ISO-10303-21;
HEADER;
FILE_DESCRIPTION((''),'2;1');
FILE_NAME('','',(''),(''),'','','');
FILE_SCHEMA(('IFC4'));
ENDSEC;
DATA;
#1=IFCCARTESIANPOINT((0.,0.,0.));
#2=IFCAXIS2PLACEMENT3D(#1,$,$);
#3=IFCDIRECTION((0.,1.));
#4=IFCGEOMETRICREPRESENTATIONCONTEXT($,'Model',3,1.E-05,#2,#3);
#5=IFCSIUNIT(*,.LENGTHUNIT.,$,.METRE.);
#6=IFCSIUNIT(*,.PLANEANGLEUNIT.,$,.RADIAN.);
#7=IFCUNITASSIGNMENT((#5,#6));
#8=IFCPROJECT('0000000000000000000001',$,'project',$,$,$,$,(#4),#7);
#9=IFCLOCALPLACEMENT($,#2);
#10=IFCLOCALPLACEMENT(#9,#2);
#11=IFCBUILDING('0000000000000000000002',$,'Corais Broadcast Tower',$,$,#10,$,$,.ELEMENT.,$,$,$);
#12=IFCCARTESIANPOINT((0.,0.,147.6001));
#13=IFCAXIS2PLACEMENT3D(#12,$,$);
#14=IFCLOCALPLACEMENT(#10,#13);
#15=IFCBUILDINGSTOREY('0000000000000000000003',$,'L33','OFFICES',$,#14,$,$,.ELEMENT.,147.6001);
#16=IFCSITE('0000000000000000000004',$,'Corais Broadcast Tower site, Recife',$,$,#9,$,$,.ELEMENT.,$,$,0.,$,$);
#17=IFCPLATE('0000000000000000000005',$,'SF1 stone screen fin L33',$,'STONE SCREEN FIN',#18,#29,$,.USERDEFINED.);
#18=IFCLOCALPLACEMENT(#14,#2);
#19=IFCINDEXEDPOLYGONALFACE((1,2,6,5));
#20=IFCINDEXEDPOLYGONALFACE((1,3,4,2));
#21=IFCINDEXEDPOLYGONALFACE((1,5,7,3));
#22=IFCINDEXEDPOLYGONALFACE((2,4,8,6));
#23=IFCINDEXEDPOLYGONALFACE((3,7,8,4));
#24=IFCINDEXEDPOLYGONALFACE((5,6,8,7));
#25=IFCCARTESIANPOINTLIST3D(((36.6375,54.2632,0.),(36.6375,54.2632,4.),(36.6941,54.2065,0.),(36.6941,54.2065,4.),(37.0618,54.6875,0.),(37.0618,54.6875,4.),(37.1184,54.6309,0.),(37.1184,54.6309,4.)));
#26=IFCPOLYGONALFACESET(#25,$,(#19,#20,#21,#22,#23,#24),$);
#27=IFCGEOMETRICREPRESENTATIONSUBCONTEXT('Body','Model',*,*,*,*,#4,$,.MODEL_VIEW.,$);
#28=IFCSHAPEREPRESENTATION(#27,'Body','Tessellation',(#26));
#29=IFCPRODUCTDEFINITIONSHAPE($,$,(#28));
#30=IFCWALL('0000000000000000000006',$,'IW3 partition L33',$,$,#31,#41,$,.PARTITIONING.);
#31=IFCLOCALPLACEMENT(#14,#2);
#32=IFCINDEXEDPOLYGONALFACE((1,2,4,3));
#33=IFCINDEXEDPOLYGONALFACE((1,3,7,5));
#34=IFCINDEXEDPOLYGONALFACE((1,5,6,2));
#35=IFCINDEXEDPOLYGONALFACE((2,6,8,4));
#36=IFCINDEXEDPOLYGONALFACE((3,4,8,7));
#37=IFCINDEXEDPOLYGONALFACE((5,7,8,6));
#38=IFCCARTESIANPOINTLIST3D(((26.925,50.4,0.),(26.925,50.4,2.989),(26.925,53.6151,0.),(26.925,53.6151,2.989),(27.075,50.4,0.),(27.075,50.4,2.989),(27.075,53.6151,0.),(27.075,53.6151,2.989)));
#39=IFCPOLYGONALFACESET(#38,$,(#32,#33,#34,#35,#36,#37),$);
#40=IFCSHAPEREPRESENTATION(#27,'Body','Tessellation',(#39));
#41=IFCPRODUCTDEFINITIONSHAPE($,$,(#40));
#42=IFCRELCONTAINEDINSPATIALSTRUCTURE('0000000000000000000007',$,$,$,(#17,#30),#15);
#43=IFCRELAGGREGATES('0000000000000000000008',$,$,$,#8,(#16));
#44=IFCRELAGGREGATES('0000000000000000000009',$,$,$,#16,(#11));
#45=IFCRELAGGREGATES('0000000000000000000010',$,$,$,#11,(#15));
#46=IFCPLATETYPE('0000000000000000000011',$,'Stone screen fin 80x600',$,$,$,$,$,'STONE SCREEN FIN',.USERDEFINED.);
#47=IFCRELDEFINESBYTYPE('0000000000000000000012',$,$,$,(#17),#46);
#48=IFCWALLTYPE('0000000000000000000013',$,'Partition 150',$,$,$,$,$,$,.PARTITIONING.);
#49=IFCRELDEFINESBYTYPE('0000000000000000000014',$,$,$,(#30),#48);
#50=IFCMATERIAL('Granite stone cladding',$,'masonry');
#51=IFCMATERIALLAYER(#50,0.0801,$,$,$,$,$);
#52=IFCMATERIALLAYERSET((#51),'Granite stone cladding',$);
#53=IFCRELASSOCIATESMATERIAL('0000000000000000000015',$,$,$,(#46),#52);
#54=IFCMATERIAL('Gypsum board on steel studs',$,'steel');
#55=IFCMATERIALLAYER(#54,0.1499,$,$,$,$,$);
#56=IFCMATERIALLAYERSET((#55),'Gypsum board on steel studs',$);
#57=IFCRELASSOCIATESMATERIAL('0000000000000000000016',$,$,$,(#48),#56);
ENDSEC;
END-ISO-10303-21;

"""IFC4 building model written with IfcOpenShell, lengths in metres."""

from ifc_helpers import new_model, si_unit, direction, frame, frame_2d, origin, origin_2d, place, context, subcontext, project, spatial, rectangle, extrude, material, layer, layer_set, type_object, element, save


model = new_model("IFC4")

# Units and contexts
model_context = context("Model", 3, precision=1e-05, world=origin(), true_north=direction((0.0, 1.0)))
body_context = subcontext(model_context, "Body", "Model", "MODEL_VIEW")
ifc_project = project(units=[si_unit("LENGTHUNIT", "METRE"), si_unit("PLANEANGLEUNIT", "RADIAN")], contexts=[model_context])

# Site, building, storey
site_placement = place(None, origin())
site = spatial("IfcSite", under=ifc_project, at=site_placement, Name="Corais Broadcast Tower site, Recife", CompositionType="ELEMENT", RefElevation=0.0)
building_placement = place(site_placement, origin())
building = spatial("IfcBuilding", under=site, at=building_placement, Name="Corais Broadcast Tower", CompositionType="ELEMENT")
storey_placement = place(building_placement, frame((0.0, 0.0, 147.6001)))
storey = spatial("IfcBuildingStorey", under=building, at=storey_placement, Name="L33", Description="OFFICES", CompositionType="ELEMENT", Elevation=147.6001)

# Plate
ifc_material_1 = material(Name="Granite stone cladding", Category="masonry")
ifc_layer_1 = layer(ifc_material_1, 0.0801)
ifc_layer_set_1 = layer_set([ifc_layer_1], Name="Granite stone cladding")
plate_type_1 = type_object("IfcPlateType", Name="Stone screen fin 80x600", ElementType="STONE SCREEN FIN", PredefinedType="USERDEFINED", material=ifc_layer_set_1)
plate_1_placement = place(storey_placement, frame((36.8779, 54.447, 0.0), z_axis=(0.0, 0.0, 1.0), x_axis=(0.707107, -0.707107, 0.0)))
element("IfcPlate", 1, at=plate_1_placement, inside=storey, type_object=plate_type_1, Name="SF1 stone screen fin L33", ObjectType="STONE SCREEN FIN", PredefinedType="USERDEFINED", context=body_context, shape_type="SweptSolid", body=[
    extrude(rectangle(XDim=0.0801, YDim=0.6001, at=origin_2d()), origin(), (0.0, 0.0, 1.0), 4.0),
])

# Wall
ifc_material_2 = material(Name="Gypsum board on steel studs", Category="steel")
ifc_layer_2 = layer(ifc_material_2, 0.1499)
ifc_layer_set_2 = layer_set([ifc_layer_2], Name="Gypsum board on steel studs")
wall_type = type_object("IfcWallType", Name="Partition 150", PredefinedType="PARTITIONING", material=ifc_layer_set_2)
wall_placement = place(storey_placement, frame((27.0, 53.615, 0.0), z_axis=(0.0, 0.0, 1.0), x_axis=(0.0, -1.0, 0.0)))
element("IfcWall", 2, at=wall_placement, inside=storey, type_object=wall_type, Name="IW3 partition L33", PredefinedType="PARTITIONING", context=body_context, shape_type="SweptSolid", body=[
    extrude(rectangle(XDim=3.2151, YDim=0.1499, at=frame_2d((1.6074, 0.0))), origin(), (0.0, 0.0, 1.0), 2.989),
])

save(model, "model.ifc")
